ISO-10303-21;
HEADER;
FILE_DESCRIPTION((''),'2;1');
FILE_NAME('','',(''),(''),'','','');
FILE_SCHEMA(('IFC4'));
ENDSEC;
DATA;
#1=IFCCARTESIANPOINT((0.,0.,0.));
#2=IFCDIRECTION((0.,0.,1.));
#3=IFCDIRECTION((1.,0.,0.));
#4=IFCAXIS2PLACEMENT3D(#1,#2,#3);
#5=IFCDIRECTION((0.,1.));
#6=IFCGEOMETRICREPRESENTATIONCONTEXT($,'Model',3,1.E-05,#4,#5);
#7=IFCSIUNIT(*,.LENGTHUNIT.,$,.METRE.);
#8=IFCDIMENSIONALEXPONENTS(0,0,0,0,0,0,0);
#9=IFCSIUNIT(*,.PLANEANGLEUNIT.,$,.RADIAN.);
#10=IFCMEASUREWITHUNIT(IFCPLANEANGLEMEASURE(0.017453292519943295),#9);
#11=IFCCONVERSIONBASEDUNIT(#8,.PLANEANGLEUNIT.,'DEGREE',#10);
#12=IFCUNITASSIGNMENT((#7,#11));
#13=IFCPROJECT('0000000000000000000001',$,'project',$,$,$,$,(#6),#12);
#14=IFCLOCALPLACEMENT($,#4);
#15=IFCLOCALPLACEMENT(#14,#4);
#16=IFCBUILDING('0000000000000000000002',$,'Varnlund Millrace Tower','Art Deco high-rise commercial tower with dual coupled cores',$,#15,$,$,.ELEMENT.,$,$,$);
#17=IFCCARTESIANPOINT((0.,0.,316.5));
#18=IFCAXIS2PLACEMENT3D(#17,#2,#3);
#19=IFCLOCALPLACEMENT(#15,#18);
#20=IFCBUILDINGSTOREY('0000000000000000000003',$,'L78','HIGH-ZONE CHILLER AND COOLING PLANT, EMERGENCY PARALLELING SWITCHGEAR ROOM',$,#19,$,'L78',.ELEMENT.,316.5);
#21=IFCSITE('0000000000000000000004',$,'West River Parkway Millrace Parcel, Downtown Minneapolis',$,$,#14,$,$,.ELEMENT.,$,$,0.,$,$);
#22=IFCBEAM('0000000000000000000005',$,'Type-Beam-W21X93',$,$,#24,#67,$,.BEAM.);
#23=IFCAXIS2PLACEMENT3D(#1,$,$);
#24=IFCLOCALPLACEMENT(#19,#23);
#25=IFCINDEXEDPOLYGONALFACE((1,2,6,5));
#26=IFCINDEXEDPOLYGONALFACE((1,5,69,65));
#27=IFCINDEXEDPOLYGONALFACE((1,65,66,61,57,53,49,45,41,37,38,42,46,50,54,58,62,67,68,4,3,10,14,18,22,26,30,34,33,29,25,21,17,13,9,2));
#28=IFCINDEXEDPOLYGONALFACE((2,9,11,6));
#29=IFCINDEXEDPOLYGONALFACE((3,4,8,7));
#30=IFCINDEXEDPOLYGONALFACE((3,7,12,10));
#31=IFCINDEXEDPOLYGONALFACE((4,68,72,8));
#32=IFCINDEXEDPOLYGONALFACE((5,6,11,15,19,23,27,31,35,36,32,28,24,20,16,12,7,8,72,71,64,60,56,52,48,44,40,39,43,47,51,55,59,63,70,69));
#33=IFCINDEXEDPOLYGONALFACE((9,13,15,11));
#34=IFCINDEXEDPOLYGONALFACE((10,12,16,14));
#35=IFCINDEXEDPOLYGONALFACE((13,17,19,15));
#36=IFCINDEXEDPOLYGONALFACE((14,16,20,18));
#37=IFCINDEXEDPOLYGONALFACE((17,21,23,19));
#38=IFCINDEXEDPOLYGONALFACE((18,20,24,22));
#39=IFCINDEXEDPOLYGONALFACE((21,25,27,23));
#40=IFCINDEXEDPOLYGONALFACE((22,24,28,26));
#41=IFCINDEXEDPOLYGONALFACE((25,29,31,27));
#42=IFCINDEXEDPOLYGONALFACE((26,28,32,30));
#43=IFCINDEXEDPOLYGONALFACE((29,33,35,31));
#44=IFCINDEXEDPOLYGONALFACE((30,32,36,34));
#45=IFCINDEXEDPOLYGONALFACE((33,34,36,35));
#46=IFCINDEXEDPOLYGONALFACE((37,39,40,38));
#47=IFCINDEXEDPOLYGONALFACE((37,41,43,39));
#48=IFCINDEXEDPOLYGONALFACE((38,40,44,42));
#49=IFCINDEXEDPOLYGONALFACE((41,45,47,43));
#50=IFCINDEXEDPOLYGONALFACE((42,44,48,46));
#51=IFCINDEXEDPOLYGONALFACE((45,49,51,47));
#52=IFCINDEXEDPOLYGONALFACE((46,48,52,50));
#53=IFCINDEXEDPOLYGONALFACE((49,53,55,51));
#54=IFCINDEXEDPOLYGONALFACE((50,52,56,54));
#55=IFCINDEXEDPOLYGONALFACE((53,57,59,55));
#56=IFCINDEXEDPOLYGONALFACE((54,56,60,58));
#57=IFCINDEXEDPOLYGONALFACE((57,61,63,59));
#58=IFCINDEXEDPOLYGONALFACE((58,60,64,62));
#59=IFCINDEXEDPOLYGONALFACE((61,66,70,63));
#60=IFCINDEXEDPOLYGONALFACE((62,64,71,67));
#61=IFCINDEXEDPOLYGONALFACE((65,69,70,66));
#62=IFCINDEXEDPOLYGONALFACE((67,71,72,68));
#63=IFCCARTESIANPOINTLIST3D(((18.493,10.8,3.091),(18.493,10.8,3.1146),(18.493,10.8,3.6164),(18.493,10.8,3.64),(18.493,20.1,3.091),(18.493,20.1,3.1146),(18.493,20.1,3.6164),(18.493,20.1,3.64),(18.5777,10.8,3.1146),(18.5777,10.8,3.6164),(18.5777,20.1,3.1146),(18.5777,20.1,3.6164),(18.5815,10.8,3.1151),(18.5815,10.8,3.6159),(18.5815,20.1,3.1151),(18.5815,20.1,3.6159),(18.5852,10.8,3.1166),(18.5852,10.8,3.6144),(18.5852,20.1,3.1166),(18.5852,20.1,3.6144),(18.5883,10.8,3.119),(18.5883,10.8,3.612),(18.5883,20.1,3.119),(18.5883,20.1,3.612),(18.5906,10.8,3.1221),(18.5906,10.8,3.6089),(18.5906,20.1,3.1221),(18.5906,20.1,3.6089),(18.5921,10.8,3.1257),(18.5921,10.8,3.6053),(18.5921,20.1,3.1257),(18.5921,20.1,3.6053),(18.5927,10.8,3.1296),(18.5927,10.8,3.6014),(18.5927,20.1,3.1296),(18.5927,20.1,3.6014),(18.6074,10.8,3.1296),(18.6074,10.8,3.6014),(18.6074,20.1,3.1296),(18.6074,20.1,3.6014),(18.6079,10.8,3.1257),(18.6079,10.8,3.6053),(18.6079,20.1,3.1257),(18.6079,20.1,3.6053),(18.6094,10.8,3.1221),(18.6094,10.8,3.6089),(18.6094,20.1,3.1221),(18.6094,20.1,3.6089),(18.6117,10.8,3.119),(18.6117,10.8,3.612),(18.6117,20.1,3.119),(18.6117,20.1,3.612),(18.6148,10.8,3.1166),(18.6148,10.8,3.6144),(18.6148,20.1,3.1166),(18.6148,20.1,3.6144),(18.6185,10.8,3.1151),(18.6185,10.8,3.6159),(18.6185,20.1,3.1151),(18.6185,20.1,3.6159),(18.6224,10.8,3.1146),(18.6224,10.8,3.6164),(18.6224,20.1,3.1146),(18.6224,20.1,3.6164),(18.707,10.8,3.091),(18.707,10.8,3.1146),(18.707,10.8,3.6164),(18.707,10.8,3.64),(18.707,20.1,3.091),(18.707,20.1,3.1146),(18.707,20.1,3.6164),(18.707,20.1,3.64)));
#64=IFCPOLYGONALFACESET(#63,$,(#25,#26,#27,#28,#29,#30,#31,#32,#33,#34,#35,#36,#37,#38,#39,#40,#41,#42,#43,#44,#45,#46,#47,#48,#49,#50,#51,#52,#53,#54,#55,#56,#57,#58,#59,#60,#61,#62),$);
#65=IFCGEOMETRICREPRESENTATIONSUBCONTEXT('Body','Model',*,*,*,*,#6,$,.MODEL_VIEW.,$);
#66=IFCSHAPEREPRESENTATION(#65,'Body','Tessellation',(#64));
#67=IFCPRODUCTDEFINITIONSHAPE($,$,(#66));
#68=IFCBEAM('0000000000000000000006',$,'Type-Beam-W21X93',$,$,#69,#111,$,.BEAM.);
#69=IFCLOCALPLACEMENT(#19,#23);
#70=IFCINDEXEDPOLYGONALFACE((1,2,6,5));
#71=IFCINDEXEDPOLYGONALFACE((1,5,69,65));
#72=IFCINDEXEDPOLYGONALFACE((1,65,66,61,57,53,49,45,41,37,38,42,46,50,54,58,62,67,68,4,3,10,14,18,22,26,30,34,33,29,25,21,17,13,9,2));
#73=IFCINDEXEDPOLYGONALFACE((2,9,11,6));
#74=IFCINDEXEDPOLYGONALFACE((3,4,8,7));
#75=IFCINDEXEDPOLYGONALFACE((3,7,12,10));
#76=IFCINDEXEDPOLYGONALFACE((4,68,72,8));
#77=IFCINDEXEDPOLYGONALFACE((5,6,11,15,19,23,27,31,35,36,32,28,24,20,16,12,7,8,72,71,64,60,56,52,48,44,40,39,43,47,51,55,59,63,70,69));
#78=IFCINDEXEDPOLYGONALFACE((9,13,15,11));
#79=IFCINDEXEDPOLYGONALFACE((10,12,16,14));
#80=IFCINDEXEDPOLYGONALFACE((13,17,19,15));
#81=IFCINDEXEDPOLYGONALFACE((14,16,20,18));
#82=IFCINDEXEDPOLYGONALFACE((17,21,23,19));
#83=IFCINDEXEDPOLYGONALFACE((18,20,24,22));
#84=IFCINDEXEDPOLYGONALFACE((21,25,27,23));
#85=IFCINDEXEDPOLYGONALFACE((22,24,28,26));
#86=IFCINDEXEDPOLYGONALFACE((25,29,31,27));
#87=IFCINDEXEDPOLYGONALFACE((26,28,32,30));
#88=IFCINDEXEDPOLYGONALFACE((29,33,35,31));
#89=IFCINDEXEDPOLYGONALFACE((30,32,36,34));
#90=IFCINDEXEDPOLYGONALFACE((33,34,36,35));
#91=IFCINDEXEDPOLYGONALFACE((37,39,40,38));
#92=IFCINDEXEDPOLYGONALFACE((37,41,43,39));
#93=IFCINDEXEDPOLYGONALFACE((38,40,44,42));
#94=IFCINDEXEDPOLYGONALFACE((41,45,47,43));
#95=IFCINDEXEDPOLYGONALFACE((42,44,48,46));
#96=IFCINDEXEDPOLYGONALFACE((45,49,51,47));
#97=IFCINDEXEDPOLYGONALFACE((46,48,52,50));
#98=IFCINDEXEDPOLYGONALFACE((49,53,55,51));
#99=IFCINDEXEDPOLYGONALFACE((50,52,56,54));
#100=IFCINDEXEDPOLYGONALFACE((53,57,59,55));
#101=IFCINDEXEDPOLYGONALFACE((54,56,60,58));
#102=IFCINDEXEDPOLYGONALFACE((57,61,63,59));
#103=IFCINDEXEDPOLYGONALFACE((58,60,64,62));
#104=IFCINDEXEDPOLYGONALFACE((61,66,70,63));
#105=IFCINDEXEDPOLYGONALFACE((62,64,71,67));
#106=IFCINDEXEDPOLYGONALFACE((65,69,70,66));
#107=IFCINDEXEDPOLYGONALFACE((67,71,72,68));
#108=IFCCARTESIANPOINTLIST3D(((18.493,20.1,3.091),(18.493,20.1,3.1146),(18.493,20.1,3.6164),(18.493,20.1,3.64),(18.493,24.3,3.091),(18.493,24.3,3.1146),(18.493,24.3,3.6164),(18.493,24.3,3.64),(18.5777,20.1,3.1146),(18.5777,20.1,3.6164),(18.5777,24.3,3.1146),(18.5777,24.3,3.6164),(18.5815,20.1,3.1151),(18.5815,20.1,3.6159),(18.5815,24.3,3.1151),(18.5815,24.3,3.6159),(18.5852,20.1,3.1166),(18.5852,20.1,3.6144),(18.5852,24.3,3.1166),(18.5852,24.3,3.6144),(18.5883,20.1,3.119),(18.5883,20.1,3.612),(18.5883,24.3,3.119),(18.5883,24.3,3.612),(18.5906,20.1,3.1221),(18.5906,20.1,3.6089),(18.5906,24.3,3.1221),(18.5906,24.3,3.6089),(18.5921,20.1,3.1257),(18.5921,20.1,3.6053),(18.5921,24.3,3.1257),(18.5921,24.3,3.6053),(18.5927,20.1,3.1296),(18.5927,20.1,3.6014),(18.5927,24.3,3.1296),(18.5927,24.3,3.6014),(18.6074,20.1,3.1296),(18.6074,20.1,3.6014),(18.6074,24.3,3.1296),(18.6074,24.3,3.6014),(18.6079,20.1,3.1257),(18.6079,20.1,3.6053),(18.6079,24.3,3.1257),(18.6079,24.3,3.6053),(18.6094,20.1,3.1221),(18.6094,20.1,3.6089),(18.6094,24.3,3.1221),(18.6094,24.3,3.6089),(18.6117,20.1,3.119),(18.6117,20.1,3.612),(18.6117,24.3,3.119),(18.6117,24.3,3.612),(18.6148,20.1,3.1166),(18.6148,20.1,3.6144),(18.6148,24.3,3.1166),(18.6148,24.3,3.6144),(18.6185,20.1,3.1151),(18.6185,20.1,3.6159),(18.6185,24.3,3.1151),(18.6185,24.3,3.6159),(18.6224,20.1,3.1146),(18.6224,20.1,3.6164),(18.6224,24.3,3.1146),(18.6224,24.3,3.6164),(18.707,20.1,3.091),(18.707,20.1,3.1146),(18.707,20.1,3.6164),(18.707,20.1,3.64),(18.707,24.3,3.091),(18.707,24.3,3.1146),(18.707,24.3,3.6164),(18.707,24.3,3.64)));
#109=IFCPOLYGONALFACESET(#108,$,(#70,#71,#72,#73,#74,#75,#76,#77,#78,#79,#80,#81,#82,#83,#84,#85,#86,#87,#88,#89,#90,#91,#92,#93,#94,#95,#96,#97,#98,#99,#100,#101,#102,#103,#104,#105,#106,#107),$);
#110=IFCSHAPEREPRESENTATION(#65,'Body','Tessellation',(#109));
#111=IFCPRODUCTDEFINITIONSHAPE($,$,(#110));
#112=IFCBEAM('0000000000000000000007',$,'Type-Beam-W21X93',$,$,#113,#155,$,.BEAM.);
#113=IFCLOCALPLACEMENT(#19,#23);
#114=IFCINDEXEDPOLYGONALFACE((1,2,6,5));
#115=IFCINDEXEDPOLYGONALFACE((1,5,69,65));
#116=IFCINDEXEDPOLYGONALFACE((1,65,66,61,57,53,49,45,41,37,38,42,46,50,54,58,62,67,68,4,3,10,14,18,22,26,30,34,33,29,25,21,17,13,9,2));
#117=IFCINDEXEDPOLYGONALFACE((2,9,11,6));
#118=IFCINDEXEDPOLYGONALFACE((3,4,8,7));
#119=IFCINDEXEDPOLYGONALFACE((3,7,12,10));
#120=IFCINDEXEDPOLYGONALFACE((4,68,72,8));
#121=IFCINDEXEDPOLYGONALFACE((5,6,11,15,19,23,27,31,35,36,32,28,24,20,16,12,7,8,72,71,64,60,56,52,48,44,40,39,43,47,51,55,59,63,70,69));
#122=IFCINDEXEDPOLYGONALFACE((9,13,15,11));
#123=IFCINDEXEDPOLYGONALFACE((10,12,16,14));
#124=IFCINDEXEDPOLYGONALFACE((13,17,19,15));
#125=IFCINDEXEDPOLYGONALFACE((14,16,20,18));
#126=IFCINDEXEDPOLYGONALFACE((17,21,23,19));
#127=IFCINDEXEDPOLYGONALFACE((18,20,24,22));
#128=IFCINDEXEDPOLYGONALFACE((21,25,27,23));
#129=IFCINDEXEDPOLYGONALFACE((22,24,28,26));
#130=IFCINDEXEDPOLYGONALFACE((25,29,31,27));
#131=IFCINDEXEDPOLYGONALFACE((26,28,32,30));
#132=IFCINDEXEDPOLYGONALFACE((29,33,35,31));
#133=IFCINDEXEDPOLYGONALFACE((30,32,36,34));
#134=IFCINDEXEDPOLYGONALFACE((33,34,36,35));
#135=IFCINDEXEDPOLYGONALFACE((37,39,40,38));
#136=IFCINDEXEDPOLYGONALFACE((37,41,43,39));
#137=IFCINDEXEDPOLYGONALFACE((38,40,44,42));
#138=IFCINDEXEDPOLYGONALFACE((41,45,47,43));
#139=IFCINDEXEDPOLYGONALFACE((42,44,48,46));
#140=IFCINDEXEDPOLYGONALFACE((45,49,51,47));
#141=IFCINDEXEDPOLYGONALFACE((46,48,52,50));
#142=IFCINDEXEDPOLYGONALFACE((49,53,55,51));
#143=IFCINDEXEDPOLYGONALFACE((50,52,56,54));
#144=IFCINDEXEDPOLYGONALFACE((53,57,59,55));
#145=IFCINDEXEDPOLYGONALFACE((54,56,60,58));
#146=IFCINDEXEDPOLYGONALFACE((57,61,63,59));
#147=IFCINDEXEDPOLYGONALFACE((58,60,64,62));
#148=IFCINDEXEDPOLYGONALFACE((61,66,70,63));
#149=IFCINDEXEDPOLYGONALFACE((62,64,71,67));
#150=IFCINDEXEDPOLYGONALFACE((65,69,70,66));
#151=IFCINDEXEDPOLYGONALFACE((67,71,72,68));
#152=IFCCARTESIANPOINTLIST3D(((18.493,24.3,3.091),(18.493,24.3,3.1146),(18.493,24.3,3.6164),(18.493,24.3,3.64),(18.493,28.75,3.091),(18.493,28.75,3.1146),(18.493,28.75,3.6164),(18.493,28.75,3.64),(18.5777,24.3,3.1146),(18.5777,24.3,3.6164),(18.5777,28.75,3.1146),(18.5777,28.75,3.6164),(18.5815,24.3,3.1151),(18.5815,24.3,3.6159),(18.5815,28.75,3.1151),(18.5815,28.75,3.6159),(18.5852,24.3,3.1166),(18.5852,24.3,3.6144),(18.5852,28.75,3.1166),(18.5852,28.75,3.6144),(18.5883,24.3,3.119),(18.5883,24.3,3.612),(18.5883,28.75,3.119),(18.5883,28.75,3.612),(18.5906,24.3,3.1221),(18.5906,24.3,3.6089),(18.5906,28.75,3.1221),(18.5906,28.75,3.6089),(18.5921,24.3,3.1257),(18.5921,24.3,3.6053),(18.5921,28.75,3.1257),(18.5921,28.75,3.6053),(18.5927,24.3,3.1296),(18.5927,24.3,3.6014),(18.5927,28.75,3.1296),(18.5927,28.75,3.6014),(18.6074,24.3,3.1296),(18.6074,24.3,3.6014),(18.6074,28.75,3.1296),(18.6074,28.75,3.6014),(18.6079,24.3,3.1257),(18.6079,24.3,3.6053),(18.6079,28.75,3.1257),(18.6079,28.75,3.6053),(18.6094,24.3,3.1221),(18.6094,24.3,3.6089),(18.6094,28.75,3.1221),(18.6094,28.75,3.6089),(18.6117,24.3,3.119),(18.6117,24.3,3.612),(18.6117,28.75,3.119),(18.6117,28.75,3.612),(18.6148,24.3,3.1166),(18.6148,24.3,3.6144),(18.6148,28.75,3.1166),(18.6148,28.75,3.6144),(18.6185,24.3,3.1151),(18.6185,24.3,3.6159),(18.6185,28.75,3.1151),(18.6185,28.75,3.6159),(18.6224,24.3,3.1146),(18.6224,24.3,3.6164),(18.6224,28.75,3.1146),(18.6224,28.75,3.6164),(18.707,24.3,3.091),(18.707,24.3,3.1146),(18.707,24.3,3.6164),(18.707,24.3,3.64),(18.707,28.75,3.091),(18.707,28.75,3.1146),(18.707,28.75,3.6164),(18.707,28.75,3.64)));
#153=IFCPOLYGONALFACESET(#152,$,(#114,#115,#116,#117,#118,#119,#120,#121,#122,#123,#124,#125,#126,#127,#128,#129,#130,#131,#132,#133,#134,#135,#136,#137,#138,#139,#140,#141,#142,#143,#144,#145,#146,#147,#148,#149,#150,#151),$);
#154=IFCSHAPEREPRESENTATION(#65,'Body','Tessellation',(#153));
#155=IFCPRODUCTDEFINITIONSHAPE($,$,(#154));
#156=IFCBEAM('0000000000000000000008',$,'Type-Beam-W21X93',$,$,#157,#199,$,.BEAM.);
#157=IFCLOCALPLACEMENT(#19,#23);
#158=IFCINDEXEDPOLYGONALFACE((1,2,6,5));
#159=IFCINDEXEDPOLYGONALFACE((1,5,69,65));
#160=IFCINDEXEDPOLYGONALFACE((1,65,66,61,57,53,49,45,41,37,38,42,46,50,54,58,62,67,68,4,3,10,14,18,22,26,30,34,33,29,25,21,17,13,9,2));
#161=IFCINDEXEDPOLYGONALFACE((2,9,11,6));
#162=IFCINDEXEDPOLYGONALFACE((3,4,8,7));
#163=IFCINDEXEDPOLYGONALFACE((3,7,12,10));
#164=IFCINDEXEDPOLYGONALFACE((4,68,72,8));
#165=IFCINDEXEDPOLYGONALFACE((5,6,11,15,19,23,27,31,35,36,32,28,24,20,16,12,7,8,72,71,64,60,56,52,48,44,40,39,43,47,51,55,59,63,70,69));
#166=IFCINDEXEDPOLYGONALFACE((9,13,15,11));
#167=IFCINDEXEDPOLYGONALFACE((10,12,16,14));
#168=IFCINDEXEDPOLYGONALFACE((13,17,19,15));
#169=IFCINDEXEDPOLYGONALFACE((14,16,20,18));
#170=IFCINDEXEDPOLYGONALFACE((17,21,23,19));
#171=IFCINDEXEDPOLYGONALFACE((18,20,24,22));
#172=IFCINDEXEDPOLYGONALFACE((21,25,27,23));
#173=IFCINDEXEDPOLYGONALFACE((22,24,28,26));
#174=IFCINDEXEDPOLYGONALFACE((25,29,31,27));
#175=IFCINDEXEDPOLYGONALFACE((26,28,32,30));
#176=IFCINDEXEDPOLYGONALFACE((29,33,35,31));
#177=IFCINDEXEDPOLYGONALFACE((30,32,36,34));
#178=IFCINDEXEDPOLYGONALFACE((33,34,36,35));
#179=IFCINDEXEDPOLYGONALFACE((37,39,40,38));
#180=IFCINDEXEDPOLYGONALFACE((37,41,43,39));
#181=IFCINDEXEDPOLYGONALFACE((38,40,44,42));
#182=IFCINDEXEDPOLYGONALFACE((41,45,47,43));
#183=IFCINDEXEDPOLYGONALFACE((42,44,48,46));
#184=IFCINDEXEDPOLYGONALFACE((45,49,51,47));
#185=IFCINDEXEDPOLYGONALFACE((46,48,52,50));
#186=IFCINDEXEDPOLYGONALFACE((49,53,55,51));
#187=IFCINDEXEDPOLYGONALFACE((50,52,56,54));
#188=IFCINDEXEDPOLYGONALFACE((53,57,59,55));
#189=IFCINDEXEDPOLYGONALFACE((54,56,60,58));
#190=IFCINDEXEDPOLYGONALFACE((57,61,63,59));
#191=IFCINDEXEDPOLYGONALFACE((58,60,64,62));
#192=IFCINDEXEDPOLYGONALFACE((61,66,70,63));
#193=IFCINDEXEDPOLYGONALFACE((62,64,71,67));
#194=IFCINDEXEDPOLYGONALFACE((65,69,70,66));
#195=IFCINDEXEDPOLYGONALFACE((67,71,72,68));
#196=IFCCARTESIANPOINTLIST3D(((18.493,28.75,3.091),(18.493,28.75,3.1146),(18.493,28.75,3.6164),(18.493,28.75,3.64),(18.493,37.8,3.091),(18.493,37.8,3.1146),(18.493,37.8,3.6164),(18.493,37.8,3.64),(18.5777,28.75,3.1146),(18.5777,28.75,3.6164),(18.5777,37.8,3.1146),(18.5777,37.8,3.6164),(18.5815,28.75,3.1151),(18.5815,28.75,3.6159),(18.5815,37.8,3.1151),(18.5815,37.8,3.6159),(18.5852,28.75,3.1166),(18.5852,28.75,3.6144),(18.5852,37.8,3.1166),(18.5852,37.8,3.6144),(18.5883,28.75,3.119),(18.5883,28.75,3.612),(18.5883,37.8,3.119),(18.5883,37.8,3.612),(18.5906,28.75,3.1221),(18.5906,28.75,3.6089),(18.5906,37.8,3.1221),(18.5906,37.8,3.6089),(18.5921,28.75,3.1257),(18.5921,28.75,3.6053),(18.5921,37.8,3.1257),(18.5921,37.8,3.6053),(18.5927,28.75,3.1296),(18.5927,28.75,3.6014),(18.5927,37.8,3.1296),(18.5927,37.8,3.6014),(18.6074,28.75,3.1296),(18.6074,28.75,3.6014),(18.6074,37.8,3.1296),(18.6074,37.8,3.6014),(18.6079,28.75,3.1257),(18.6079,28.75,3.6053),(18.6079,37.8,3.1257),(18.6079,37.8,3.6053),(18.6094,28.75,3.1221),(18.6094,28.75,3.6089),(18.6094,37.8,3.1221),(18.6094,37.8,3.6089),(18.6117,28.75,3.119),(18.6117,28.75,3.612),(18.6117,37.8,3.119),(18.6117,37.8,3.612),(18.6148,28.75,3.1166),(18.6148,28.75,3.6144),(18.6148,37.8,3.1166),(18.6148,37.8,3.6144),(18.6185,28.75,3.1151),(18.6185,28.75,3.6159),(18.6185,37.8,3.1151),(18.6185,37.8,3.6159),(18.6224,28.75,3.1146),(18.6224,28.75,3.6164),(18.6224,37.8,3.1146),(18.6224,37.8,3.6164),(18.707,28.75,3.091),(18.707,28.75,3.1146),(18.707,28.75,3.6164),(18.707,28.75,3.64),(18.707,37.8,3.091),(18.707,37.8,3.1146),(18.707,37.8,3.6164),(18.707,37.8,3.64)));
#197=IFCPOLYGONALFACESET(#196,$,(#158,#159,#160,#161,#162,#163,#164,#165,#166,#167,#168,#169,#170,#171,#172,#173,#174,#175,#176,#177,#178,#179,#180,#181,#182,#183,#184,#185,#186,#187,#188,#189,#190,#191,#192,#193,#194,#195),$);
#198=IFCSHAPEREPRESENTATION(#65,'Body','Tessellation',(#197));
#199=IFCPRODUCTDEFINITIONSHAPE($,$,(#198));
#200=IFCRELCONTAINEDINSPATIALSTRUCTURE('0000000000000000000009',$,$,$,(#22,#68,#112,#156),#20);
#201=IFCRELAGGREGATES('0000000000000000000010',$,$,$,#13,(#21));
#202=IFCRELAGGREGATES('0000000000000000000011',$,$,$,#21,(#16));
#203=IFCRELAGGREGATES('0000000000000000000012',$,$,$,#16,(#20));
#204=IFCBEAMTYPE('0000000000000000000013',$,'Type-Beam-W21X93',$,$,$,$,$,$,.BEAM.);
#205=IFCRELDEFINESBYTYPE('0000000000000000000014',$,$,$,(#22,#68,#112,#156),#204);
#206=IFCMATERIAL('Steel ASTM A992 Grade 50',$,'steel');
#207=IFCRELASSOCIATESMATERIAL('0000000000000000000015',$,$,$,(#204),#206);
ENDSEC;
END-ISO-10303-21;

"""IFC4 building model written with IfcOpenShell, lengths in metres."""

from ifc_helpers import new_model, entity, si_unit, converted_unit, direction, frame, origin_with_axes, origin_2d_with_axis, place, context, subcontext, project, spatial, i_section, extrude, material, material_profile, profile_set, type_object, element, save


model = new_model("IFC4")

# Units and contexts
model_context = context("Model", 3, precision=1e-05, world=origin_with_axes(), true_north=direction((0.0, 1.0)))
body_context = subcontext(model_context, "Body", "Model", "MODEL_VIEW")
ifc_project = project(units=[si_unit("LENGTHUNIT", "METRE"), converted_unit("PLANEANGLEUNIT", "DEGREE", entity("IfcPlaneAngleMeasure", 0.017453292519943295), si_unit("PLANEANGLEUNIT", "RADIAN"), dimensions=[0, 0, 0, 0, 0, 0, 0])], contexts=[model_context])

# Site, building, storey
site_placement = place(None, origin_with_axes())
site = spatial("IfcSite", under=ifc_project, at=site_placement, Name="West River Parkway Millrace Parcel, Downtown Minneapolis", CompositionType="ELEMENT", RefElevation=0.0)
building_placement = place(site_placement, origin_with_axes())
building = spatial("IfcBuilding", under=site, at=building_placement, Name="Varnlund Millrace Tower", Description="Art Deco high-rise commercial tower with dual coupled cores", CompositionType="ELEMENT")
storey_placement = place(building_placement, frame((0.0, 0.0, 316.5), z_axis=(0.0, 0.0, 1.0), x_axis=(1.0, 0.0, 0.0)))
storey = spatial("IfcBuildingStorey", under=building, at=storey_placement, Name="L78", Description="HIGH-ZONE CHILLER AND COOLING PLANT, EMERGENCY PARALLELING SWITCHGEAR ROOM", LongName="L78", CompositionType="ELEMENT", Elevation=316.5)

# Beams
ifc_material_1 = material(Name="Steel ASTM A992 Grade 50", Category="steel")
ifc_material_profile_1 = material_profile(ifc_material_1, i_section(OverallWidth=0.214, OverallDepth=0.549, WebThickness=0.0147, FlangeThickness=0.0236, FilletRadius=0.015, at=origin_2d_with_axis()), Name="Steel ASTM A992 Grade 50")
ifc_profile_set_1 = profile_set([ifc_material_profile_1], Name="Steel ASTM A992 Grade 50")
beam_type_1 = type_object("IfcBeamType", Name="Type-Beam-W21X93", PredefinedType="BEAM", material=ifc_profile_set_1)
beam_1_placement = place(storey_placement, frame((18.6, 10.8, 3.3655), z_axis=(0.0, 1.0, 0.0), x_axis=(-1.0, 0.0, 0.0)))
element("IfcBeam", 1, at=beam_1_placement, inside=storey, type_object=beam_type_1, Name="Type-Beam-W21X93", PredefinedType="BEAM", context=body_context, shape_type="SweptSolid", body=[
    extrude(i_section(OverallWidth=0.214, OverallDepth=0.549, WebThickness=0.0147, FlangeThickness=0.0236, FilletRadius=0.015, at=origin_2d_with_axis()), origin_with_axes(), (0.0, 0.0, 1.0), 9.3),
])
beam_2_placement = place(storey_placement, frame((18.6, 20.1, 3.3655), z_axis=(0.0, 1.0, 0.0), x_axis=(-1.0, 0.0, 0.0)))
element("IfcBeam", 2, at=beam_2_placement, inside=storey, type_object=beam_type_1, Name="Type-Beam-W21X93", PredefinedType="BEAM", context=body_context, shape_type="SweptSolid", body=[
    extrude(i_section(OverallWidth=0.214, OverallDepth=0.549, WebThickness=0.0147, FlangeThickness=0.0236, FilletRadius=0.015, at=origin_2d_with_axis()), origin_with_axes(), (0.0, 0.0, 1.0), 4.2),
])
beam_3_placement = place(storey_placement, frame((18.6, 24.3, 3.3655), z_axis=(0.0, 1.0, 0.0), x_axis=(-1.0, 0.0, 0.0)))
element("IfcBeam", 3, at=beam_3_placement, inside=storey, type_object=beam_type_1, Name="Type-Beam-W21X93", PredefinedType="BEAM", context=body_context, shape_type="SweptSolid", body=[
    extrude(i_section(OverallWidth=0.214, OverallDepth=0.549, WebThickness=0.0147, FlangeThickness=0.0236, FilletRadius=0.015, at=origin_2d_with_axis()), origin_with_axes(), (0.0, 0.0, 1.0), 4.45),
])
beam_4_placement = place(storey_placement, frame((18.6, 28.75, 3.3655), z_axis=(0.0, 1.0, 0.0), x_axis=(-1.0, 0.0, 0.0)))
element("IfcBeam", 4, at=beam_4_placement, inside=storey, type_object=beam_type_1, Name="Type-Beam-W21X93", PredefinedType="BEAM", context=body_context, shape_type="SweptSolid", body=[
    extrude(i_section(OverallWidth=0.214, OverallDepth=0.549, WebThickness=0.0147, FlangeThickness=0.0236, FilletRadius=0.015, at=origin_2d_with_axis()), origin_with_axes(), (0.0, 0.0, 1.0), 9.05),
])

save(model, "model.ifc")
